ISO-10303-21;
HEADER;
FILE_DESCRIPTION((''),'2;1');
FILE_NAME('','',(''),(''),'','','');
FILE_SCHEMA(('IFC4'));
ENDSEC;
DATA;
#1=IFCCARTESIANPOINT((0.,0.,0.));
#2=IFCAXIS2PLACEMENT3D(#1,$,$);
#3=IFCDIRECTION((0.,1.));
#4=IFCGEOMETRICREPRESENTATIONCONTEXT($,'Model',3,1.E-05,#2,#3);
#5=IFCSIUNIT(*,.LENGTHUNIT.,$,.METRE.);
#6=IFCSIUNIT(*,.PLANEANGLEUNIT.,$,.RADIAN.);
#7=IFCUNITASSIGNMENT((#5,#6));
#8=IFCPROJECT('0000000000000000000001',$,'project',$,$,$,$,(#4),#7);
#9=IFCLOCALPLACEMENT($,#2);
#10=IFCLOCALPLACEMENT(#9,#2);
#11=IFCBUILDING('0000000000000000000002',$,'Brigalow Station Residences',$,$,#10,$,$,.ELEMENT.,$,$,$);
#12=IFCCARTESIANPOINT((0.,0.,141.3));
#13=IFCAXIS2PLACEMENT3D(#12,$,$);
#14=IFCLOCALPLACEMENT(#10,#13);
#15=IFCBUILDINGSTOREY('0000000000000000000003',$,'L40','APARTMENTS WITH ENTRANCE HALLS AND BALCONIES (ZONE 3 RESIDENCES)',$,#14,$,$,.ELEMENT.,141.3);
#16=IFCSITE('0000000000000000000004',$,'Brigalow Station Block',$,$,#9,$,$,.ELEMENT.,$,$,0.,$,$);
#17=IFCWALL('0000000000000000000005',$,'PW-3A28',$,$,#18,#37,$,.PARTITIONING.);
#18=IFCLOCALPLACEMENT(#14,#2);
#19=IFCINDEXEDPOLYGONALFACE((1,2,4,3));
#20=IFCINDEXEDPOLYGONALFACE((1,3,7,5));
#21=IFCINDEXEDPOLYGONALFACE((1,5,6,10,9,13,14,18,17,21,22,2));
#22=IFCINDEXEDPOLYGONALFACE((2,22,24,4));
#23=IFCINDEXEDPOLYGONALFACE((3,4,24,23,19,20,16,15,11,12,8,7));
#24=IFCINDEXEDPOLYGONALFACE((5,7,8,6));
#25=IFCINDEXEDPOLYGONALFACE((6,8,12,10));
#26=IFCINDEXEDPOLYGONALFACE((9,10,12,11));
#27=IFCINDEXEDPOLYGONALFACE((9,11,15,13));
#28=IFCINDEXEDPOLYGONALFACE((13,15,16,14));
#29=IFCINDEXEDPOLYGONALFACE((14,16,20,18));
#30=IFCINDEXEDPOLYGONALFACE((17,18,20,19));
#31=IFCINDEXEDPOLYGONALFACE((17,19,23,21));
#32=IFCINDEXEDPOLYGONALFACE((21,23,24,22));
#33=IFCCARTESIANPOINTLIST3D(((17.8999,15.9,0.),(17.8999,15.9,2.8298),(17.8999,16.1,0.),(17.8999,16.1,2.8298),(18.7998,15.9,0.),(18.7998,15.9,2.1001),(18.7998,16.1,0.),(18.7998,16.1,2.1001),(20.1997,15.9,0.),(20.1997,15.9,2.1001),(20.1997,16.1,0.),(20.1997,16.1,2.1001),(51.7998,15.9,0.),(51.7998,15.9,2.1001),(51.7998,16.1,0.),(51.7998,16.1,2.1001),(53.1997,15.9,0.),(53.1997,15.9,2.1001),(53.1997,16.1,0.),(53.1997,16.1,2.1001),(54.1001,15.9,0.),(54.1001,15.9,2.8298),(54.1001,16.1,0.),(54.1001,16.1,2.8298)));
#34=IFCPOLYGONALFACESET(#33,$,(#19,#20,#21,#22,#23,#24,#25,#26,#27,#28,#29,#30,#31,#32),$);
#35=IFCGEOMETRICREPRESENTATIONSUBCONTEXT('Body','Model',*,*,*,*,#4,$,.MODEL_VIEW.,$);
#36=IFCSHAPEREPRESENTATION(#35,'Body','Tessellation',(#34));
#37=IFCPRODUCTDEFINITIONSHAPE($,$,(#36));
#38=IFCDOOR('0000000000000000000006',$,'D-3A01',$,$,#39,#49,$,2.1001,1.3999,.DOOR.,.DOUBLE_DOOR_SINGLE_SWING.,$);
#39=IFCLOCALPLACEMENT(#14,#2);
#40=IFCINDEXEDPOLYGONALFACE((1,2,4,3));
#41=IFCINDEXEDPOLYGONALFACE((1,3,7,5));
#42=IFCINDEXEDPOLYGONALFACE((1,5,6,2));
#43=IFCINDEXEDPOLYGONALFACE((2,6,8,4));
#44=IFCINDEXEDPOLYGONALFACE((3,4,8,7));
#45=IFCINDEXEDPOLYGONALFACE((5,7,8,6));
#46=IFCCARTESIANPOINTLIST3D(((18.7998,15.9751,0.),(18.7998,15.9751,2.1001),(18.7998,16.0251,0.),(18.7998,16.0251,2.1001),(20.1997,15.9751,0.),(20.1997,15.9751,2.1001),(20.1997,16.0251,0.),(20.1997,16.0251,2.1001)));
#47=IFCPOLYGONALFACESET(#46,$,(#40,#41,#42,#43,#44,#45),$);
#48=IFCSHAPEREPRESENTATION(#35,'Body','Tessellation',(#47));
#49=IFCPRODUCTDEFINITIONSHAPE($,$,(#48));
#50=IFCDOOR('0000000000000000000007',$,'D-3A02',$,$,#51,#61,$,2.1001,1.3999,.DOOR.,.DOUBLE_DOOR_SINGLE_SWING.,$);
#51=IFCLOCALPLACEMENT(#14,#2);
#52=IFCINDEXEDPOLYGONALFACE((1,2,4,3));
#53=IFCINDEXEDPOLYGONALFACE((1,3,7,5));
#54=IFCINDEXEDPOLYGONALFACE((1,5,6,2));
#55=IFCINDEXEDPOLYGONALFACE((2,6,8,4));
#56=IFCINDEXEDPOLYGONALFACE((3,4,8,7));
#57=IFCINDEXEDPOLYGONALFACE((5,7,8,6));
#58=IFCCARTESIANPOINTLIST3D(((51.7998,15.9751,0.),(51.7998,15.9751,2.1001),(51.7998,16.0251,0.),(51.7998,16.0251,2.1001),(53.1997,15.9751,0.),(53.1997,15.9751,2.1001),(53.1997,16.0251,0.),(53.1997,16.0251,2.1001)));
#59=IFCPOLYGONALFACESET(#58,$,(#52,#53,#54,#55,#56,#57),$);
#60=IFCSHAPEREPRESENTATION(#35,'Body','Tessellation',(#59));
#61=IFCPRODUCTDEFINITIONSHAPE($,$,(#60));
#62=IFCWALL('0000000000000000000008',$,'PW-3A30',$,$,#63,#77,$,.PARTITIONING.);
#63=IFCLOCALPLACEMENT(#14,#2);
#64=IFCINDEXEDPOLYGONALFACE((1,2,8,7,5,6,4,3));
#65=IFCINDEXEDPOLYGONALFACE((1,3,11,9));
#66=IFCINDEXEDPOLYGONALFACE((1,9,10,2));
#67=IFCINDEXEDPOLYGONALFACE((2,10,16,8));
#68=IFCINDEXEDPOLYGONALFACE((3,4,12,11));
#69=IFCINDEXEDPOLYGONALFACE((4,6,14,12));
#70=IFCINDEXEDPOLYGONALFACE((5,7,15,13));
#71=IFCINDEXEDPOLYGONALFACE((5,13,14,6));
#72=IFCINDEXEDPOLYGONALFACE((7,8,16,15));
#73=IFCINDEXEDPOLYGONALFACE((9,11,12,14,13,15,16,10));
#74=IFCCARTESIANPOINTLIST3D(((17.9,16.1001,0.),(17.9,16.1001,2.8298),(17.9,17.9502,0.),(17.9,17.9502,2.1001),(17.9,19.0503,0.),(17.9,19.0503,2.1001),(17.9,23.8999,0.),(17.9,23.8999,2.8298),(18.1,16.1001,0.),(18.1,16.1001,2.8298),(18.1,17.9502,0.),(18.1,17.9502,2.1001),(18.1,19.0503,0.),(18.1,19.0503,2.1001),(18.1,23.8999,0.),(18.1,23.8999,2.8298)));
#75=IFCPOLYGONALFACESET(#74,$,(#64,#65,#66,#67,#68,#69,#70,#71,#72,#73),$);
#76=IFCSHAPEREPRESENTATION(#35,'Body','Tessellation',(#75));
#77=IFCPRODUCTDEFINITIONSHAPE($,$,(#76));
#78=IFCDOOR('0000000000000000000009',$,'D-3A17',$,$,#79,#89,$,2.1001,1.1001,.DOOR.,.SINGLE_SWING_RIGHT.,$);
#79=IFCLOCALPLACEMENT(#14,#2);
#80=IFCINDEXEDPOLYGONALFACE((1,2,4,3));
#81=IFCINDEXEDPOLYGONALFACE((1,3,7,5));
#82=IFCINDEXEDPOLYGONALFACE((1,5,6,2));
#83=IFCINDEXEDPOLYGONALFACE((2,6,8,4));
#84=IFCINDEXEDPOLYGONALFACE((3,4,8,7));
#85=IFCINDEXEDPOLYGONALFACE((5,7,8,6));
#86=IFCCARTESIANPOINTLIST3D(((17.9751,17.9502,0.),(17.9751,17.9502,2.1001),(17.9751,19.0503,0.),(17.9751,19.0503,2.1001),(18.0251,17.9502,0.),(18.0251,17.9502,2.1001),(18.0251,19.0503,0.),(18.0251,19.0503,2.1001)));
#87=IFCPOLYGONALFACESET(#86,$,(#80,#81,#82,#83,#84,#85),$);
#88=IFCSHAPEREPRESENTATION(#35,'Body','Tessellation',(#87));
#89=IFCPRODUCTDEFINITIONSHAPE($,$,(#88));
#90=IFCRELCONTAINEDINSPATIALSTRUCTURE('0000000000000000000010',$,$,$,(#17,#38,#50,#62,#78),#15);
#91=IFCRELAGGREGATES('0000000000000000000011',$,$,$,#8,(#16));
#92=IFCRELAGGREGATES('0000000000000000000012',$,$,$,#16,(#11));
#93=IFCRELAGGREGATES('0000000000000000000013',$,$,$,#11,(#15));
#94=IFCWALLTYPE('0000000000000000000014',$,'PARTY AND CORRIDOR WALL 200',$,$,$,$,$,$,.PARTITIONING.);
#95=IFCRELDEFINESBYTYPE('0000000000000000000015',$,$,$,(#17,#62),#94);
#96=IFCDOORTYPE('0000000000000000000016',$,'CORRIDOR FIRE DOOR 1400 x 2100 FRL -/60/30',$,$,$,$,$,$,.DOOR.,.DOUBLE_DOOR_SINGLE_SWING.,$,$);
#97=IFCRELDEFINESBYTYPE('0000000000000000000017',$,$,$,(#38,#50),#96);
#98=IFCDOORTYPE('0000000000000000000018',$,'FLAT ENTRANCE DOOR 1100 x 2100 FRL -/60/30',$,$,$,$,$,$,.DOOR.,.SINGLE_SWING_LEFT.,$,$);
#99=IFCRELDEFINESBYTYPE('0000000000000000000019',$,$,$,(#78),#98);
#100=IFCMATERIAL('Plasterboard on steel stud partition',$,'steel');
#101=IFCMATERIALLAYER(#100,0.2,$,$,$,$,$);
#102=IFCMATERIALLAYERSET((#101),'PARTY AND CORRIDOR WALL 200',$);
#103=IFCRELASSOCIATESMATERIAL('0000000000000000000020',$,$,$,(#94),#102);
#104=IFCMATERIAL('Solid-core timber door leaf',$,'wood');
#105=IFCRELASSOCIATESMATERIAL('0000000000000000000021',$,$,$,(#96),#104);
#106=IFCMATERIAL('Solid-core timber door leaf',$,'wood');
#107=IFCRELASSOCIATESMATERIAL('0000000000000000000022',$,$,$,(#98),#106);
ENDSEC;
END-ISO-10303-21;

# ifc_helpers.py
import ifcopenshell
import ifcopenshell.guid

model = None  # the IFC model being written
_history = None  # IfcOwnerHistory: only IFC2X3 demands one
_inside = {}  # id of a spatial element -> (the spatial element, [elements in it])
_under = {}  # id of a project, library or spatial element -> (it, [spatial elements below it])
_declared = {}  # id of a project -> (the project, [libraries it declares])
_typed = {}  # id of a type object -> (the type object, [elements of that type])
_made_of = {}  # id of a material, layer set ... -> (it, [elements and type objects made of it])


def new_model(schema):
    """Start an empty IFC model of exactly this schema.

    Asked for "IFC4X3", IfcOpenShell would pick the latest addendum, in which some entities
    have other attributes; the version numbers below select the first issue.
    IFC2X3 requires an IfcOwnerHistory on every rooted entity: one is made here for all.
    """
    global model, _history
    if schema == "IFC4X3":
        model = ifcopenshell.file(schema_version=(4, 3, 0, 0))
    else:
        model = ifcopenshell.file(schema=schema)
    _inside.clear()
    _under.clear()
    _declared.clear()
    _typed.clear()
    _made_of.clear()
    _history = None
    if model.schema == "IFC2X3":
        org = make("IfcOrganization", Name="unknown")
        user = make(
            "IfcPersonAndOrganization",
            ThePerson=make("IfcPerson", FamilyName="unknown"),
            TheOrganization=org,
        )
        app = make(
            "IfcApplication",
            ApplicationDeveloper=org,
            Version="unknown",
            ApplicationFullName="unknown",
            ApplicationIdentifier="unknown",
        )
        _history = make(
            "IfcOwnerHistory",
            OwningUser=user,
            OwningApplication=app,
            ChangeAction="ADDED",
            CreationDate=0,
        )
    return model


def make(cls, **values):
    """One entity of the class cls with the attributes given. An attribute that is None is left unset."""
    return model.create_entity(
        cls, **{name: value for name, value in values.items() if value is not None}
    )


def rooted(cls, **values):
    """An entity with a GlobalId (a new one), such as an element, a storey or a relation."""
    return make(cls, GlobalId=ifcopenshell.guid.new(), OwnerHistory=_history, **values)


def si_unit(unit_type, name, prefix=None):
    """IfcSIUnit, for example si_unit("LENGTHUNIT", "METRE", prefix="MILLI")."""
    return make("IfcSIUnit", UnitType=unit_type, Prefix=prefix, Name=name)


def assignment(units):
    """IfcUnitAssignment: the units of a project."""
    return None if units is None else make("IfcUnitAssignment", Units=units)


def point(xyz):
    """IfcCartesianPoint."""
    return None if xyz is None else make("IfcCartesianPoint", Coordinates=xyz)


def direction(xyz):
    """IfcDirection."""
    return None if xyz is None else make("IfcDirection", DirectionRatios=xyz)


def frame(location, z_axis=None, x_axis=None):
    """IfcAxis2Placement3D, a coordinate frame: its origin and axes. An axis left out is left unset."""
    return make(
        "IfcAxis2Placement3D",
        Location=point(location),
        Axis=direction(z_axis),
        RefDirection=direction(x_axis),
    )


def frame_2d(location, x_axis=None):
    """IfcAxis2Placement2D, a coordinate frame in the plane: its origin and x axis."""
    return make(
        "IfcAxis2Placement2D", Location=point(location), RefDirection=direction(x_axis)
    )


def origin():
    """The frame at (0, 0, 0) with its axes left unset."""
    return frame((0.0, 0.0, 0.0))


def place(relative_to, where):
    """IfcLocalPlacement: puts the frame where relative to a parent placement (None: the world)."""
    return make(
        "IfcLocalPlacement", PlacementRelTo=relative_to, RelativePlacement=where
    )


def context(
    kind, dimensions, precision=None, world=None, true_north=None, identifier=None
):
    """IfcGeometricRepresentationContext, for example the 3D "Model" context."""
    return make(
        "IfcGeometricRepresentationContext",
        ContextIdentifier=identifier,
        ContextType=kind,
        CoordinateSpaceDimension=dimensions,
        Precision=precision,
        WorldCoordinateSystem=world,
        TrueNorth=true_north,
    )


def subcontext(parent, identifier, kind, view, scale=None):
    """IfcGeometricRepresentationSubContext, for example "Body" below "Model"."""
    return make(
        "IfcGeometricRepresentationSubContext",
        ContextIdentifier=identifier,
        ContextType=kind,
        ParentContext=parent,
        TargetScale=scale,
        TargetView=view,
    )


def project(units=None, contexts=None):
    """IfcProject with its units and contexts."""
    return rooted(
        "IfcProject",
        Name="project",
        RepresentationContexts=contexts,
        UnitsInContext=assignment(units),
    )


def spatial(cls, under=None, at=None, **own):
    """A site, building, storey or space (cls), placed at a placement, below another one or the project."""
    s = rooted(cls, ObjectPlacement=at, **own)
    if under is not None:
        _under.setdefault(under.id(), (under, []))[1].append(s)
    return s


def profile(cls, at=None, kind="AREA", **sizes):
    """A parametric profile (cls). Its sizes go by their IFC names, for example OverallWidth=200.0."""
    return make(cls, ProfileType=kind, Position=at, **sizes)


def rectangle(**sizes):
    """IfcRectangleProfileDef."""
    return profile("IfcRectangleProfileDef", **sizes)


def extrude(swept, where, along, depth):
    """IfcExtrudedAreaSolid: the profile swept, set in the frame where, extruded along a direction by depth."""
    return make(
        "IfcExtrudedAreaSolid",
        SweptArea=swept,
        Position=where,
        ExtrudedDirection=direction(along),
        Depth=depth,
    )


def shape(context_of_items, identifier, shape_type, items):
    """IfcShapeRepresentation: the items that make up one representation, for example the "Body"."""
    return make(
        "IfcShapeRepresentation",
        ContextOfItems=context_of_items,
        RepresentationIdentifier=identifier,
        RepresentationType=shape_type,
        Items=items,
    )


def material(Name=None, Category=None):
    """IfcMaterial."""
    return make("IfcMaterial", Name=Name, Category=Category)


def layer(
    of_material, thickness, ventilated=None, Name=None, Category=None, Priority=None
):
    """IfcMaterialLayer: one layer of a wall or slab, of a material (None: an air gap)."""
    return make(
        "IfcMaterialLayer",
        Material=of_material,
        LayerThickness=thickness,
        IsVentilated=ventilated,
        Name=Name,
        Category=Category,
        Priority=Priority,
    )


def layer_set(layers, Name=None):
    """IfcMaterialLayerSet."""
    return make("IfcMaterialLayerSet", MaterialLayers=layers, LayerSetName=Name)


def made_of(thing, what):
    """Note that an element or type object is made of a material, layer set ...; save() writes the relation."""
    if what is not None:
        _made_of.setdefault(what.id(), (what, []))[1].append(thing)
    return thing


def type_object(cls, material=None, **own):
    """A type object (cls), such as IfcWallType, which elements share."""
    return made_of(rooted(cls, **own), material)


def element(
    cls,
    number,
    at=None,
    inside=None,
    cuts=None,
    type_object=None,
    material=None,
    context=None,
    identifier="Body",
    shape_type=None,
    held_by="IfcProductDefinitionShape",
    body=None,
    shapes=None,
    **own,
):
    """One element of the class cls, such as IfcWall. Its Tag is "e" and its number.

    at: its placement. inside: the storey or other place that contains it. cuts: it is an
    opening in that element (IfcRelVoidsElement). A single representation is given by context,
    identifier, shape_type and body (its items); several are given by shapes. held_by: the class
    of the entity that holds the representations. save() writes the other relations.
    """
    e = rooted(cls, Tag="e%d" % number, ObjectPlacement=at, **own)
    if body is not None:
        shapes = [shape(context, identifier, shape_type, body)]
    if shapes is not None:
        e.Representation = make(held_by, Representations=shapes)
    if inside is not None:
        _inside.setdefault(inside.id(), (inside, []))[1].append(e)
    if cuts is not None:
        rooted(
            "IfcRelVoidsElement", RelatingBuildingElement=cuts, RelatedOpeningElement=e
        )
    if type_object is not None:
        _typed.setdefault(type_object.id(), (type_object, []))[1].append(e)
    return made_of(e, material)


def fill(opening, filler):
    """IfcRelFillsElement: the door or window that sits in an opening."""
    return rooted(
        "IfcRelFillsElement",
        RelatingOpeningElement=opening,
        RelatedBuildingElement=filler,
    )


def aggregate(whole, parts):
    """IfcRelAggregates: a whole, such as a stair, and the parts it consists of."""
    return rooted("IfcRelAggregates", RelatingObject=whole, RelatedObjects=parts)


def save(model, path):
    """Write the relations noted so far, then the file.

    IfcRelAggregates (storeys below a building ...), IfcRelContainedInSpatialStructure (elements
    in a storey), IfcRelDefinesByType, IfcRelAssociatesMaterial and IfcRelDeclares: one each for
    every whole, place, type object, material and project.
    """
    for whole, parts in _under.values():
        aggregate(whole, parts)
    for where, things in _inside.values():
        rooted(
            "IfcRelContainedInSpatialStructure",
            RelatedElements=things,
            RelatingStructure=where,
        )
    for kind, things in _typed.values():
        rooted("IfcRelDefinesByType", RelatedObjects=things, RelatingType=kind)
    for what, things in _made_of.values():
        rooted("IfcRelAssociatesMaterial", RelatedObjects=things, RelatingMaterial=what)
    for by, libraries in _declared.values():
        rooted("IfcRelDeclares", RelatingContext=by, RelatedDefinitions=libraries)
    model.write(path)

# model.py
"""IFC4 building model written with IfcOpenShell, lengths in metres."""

from ifc_helpers import new_model, si_unit, direction, frame, frame_2d, origin, place, context, subcontext, project, spatial, rectangle, extrude, material, layer, layer_set, type_object, element, fill, save


model = new_model("IFC4")

# Units and contexts
model_context = context("Model", 3, precision=1e-05, world=origin(), true_north=direction((0.0, 1.0)))
body_context = subcontext(model_context, "Body", "Model", "MODEL_VIEW")
ifc_project = project(units=[si_unit("LENGTHUNIT", "METRE"), si_unit("PLANEANGLEUNIT", "RADIAN")], contexts=[model_context])

# Site, building, storey
site_placement = place(None, origin())
site = spatial("IfcSite", under=ifc_project, at=site_placement, Name="Brigalow Station Block", CompositionType="ELEMENT", RefElevation=0.0)
building_placement = place(site_placement, origin())
building = spatial("IfcBuilding", under=site, at=building_placement, Name="Brigalow Station Residences", CompositionType="ELEMENT")
storey_placement = place(building_placement, frame((0.0, 0.0, 141.3)))
storey = spatial("IfcBuildingStorey", under=building, at=storey_placement, Name="L40", Description="APARTMENTS WITH ENTRANCE HALLS AND BALCONIES (ZONE 3 RESIDENCES)", CompositionType="ELEMENT", Elevation=141.3)

# Wall, openings, doors
ifc_material_1 = material(Name="Plasterboard on steel stud partition", Category="steel")
ifc_layer_1 = layer(ifc_material_1, 0.2)
ifc_layer_set_1 = layer_set([ifc_layer_1], Name="PARTY AND CORRIDOR WALL 200")
wall_type_1 = type_object("IfcWallType", Name="PARTY AND CORRIDOR WALL 200", PredefinedType="PARTITIONING", material=ifc_layer_set_1)
wall_1_placement = place(storey_placement, frame((17.8999, 16.0, 0.0), z_axis=(0.0, 0.0, 1.0), x_axis=(1.0, 0.0, 0.0)))
wall_1 = element("IfcWall", 1, at=wall_1_placement, inside=storey, type_object=wall_type_1, Name="PW-3A28", PredefinedType="PARTITIONING", context=body_context, shape_type="SweptSolid", body=[
    extrude(rectangle(XDim=36.2002, YDim=0.2, at=frame_2d((18.1001, 0.0))), origin(), (0.0, 0.0, 1.0), 2.8298),
])
opening_1_placement = place(wall_1_placement, frame((0.8999, 0.0, 0.0)))
opening_1 = element("IfcOpeningElement", 2, at=opening_1_placement, cuts=wall_1, PredefinedType="OPENING", context=body_context, shape_type="SweptSolid", body=[
    extrude(rectangle(XDim=1.3999, YDim=2.1001, at=frame_2d((0.7, 1.05))), frame((0.0, 0.1099, 0.0), z_axis=(0.0, -1.0, 0.0), x_axis=(1.0, 0.0, 0.0)), (0.0, 0.0, 1.0), 0.22),
])
opening_2_placement = place(wall_1_placement, frame((33.8999, 0.0, 0.0)))
opening_2 = element("IfcOpeningElement", 3, at=opening_2_placement, cuts=wall_1, PredefinedType="OPENING", context=body_context, shape_type="SweptSolid", body=[
    extrude(rectangle(XDim=1.3999, YDim=2.1001, at=frame_2d((0.7, 1.05))), frame((0.0, 0.1099, 0.0), z_axis=(0.0, -1.0, 0.0), x_axis=(1.0, 0.0, 0.0)), (0.0, 0.0, 1.0), 0.22),
])
ifc_material_2 = material(Name="Solid-core timber door leaf", Category="wood")
door_type_1 = type_object("IfcDoorType", Name="CORRIDOR FIRE DOOR 1400 x 2100 FRL -/60/30", OperationType="DOUBLE_DOOR_SINGLE_SWING", PredefinedType="DOOR", material=ifc_material_2)
door_1_placement = place(opening_1_placement, frame((1.3999, 0.0, 0.0), z_axis=(0.0, 0.0, 1.0), x_axis=(-1.0, 0.0, 0.0)))
door_1 = element("IfcDoor", 4, at=door_1_placement, inside=storey, type_object=door_type_1, Name="D-3A01", OperationType="DOUBLE_DOOR_SINGLE_SWING", OverallHeight=2.1001, OverallWidth=1.3999, PredefinedType="DOOR", context=body_context, shape_type="SweptSolid", body=[
    extrude(rectangle(XDim=1.3999, YDim=2.1001, at=frame_2d((0.7, 1.05))), frame((0.0, 0.0249, 0.0), z_axis=(0.0, -1.0, 0.0), x_axis=(1.0, 0.0, 0.0)), (0.0, 0.0, 1.0), 0.05),
])
fill(opening_1, door_1)
door_2_placement = place(opening_2_placement, frame((1.3999, 0.0, 0.0), z_axis=(0.0, 0.0, 1.0), x_axis=(-1.0, 0.0, 0.0)))
door_2 = element("IfcDoor", 5, at=door_2_placement, inside=storey, type_object=door_type_1, Name="D-3A02", OperationType="DOUBLE_DOOR_SINGLE_SWING", OverallHeight=2.1001, OverallWidth=1.3999, PredefinedType="DOOR", context=body_context, shape_type="SweptSolid", body=[
    extrude(rectangle(XDim=1.3999, YDim=2.1001, at=frame_2d((0.7, 1.05))), frame((0.0, 0.0249, 0.0), z_axis=(0.0, -1.0, 0.0), x_axis=(1.0, 0.0, 0.0)), (0.0, 0.0, 1.0), 0.05),
])
fill(opening_2, door_2)

# Wall, opening, door
wall_2_placement = place(storey_placement, frame((18.0, 16.1001, 0.0), z_axis=(0.0, 0.0, 1.0), x_axis=(0.0, 1.0, 0.0)))
wall_2 = element("IfcWall", 6, at=wall_2_placement, inside=storey, type_object=wall_type_1, Name="PW-3A30", PredefinedType="PARTITIONING", context=body_context, shape_type="SweptSolid", body=[
    extrude(rectangle(XDim=7.7998, YDim=0.2, at=frame_2d((3.8999, 0.0))), origin(), (0.0, 0.0, 1.0), 2.8298),
])
opening_3_placement = place(wall_2_placement, frame((1.8501, 0.0, 0.0)))
opening_3 = element("IfcOpeningElement", 7, at=opening_3_placement, cuts=wall_2, PredefinedType="OPENING", context=body_context, shape_type="SweptSolid", body=[
    extrude(rectangle(XDim=1.1001, YDim=2.1001, at=frame_2d((0.55, 1.05))), frame((0.0, 0.1099, 0.0), z_axis=(0.0, -1.0, 0.0), x_axis=(1.0, 0.0, 0.0)), (0.0, 0.0, 1.0), 0.22),
])
ifc_material_3 = material(Name="Solid-core timber door leaf", Category="wood")
door_type_2 = type_object("IfcDoorType", Name="FLAT ENTRANCE DOOR 1100 x 2100 FRL -/60/30", OperationType="SINGLE_SWING_LEFT", PredefinedType="DOOR", material=ifc_material_3)
door_3_placement = place(opening_3_placement, origin())
door_3 = element("IfcDoor", 8, at=door_3_placement, inside=storey, type_object=door_type_2, Name="D-3A17", OperationType="SINGLE_SWING_RIGHT", OverallHeight=2.1001, OverallWidth=1.1001, PredefinedType="DOOR", context=body_context, shape_type="SweptSolid", body=[
    extrude(rectangle(XDim=1.1001, YDim=2.1001, at=frame_2d((0.55, 1.05))), frame((0.0, 0.0249, 0.0), z_axis=(0.0, -1.0, 0.0), x_axis=(1.0, 0.0, 0.0)), (0.0, 0.0, 1.0), 0.05),
])
fill(opening_3, door_3)

save(model, "model.ifc")
